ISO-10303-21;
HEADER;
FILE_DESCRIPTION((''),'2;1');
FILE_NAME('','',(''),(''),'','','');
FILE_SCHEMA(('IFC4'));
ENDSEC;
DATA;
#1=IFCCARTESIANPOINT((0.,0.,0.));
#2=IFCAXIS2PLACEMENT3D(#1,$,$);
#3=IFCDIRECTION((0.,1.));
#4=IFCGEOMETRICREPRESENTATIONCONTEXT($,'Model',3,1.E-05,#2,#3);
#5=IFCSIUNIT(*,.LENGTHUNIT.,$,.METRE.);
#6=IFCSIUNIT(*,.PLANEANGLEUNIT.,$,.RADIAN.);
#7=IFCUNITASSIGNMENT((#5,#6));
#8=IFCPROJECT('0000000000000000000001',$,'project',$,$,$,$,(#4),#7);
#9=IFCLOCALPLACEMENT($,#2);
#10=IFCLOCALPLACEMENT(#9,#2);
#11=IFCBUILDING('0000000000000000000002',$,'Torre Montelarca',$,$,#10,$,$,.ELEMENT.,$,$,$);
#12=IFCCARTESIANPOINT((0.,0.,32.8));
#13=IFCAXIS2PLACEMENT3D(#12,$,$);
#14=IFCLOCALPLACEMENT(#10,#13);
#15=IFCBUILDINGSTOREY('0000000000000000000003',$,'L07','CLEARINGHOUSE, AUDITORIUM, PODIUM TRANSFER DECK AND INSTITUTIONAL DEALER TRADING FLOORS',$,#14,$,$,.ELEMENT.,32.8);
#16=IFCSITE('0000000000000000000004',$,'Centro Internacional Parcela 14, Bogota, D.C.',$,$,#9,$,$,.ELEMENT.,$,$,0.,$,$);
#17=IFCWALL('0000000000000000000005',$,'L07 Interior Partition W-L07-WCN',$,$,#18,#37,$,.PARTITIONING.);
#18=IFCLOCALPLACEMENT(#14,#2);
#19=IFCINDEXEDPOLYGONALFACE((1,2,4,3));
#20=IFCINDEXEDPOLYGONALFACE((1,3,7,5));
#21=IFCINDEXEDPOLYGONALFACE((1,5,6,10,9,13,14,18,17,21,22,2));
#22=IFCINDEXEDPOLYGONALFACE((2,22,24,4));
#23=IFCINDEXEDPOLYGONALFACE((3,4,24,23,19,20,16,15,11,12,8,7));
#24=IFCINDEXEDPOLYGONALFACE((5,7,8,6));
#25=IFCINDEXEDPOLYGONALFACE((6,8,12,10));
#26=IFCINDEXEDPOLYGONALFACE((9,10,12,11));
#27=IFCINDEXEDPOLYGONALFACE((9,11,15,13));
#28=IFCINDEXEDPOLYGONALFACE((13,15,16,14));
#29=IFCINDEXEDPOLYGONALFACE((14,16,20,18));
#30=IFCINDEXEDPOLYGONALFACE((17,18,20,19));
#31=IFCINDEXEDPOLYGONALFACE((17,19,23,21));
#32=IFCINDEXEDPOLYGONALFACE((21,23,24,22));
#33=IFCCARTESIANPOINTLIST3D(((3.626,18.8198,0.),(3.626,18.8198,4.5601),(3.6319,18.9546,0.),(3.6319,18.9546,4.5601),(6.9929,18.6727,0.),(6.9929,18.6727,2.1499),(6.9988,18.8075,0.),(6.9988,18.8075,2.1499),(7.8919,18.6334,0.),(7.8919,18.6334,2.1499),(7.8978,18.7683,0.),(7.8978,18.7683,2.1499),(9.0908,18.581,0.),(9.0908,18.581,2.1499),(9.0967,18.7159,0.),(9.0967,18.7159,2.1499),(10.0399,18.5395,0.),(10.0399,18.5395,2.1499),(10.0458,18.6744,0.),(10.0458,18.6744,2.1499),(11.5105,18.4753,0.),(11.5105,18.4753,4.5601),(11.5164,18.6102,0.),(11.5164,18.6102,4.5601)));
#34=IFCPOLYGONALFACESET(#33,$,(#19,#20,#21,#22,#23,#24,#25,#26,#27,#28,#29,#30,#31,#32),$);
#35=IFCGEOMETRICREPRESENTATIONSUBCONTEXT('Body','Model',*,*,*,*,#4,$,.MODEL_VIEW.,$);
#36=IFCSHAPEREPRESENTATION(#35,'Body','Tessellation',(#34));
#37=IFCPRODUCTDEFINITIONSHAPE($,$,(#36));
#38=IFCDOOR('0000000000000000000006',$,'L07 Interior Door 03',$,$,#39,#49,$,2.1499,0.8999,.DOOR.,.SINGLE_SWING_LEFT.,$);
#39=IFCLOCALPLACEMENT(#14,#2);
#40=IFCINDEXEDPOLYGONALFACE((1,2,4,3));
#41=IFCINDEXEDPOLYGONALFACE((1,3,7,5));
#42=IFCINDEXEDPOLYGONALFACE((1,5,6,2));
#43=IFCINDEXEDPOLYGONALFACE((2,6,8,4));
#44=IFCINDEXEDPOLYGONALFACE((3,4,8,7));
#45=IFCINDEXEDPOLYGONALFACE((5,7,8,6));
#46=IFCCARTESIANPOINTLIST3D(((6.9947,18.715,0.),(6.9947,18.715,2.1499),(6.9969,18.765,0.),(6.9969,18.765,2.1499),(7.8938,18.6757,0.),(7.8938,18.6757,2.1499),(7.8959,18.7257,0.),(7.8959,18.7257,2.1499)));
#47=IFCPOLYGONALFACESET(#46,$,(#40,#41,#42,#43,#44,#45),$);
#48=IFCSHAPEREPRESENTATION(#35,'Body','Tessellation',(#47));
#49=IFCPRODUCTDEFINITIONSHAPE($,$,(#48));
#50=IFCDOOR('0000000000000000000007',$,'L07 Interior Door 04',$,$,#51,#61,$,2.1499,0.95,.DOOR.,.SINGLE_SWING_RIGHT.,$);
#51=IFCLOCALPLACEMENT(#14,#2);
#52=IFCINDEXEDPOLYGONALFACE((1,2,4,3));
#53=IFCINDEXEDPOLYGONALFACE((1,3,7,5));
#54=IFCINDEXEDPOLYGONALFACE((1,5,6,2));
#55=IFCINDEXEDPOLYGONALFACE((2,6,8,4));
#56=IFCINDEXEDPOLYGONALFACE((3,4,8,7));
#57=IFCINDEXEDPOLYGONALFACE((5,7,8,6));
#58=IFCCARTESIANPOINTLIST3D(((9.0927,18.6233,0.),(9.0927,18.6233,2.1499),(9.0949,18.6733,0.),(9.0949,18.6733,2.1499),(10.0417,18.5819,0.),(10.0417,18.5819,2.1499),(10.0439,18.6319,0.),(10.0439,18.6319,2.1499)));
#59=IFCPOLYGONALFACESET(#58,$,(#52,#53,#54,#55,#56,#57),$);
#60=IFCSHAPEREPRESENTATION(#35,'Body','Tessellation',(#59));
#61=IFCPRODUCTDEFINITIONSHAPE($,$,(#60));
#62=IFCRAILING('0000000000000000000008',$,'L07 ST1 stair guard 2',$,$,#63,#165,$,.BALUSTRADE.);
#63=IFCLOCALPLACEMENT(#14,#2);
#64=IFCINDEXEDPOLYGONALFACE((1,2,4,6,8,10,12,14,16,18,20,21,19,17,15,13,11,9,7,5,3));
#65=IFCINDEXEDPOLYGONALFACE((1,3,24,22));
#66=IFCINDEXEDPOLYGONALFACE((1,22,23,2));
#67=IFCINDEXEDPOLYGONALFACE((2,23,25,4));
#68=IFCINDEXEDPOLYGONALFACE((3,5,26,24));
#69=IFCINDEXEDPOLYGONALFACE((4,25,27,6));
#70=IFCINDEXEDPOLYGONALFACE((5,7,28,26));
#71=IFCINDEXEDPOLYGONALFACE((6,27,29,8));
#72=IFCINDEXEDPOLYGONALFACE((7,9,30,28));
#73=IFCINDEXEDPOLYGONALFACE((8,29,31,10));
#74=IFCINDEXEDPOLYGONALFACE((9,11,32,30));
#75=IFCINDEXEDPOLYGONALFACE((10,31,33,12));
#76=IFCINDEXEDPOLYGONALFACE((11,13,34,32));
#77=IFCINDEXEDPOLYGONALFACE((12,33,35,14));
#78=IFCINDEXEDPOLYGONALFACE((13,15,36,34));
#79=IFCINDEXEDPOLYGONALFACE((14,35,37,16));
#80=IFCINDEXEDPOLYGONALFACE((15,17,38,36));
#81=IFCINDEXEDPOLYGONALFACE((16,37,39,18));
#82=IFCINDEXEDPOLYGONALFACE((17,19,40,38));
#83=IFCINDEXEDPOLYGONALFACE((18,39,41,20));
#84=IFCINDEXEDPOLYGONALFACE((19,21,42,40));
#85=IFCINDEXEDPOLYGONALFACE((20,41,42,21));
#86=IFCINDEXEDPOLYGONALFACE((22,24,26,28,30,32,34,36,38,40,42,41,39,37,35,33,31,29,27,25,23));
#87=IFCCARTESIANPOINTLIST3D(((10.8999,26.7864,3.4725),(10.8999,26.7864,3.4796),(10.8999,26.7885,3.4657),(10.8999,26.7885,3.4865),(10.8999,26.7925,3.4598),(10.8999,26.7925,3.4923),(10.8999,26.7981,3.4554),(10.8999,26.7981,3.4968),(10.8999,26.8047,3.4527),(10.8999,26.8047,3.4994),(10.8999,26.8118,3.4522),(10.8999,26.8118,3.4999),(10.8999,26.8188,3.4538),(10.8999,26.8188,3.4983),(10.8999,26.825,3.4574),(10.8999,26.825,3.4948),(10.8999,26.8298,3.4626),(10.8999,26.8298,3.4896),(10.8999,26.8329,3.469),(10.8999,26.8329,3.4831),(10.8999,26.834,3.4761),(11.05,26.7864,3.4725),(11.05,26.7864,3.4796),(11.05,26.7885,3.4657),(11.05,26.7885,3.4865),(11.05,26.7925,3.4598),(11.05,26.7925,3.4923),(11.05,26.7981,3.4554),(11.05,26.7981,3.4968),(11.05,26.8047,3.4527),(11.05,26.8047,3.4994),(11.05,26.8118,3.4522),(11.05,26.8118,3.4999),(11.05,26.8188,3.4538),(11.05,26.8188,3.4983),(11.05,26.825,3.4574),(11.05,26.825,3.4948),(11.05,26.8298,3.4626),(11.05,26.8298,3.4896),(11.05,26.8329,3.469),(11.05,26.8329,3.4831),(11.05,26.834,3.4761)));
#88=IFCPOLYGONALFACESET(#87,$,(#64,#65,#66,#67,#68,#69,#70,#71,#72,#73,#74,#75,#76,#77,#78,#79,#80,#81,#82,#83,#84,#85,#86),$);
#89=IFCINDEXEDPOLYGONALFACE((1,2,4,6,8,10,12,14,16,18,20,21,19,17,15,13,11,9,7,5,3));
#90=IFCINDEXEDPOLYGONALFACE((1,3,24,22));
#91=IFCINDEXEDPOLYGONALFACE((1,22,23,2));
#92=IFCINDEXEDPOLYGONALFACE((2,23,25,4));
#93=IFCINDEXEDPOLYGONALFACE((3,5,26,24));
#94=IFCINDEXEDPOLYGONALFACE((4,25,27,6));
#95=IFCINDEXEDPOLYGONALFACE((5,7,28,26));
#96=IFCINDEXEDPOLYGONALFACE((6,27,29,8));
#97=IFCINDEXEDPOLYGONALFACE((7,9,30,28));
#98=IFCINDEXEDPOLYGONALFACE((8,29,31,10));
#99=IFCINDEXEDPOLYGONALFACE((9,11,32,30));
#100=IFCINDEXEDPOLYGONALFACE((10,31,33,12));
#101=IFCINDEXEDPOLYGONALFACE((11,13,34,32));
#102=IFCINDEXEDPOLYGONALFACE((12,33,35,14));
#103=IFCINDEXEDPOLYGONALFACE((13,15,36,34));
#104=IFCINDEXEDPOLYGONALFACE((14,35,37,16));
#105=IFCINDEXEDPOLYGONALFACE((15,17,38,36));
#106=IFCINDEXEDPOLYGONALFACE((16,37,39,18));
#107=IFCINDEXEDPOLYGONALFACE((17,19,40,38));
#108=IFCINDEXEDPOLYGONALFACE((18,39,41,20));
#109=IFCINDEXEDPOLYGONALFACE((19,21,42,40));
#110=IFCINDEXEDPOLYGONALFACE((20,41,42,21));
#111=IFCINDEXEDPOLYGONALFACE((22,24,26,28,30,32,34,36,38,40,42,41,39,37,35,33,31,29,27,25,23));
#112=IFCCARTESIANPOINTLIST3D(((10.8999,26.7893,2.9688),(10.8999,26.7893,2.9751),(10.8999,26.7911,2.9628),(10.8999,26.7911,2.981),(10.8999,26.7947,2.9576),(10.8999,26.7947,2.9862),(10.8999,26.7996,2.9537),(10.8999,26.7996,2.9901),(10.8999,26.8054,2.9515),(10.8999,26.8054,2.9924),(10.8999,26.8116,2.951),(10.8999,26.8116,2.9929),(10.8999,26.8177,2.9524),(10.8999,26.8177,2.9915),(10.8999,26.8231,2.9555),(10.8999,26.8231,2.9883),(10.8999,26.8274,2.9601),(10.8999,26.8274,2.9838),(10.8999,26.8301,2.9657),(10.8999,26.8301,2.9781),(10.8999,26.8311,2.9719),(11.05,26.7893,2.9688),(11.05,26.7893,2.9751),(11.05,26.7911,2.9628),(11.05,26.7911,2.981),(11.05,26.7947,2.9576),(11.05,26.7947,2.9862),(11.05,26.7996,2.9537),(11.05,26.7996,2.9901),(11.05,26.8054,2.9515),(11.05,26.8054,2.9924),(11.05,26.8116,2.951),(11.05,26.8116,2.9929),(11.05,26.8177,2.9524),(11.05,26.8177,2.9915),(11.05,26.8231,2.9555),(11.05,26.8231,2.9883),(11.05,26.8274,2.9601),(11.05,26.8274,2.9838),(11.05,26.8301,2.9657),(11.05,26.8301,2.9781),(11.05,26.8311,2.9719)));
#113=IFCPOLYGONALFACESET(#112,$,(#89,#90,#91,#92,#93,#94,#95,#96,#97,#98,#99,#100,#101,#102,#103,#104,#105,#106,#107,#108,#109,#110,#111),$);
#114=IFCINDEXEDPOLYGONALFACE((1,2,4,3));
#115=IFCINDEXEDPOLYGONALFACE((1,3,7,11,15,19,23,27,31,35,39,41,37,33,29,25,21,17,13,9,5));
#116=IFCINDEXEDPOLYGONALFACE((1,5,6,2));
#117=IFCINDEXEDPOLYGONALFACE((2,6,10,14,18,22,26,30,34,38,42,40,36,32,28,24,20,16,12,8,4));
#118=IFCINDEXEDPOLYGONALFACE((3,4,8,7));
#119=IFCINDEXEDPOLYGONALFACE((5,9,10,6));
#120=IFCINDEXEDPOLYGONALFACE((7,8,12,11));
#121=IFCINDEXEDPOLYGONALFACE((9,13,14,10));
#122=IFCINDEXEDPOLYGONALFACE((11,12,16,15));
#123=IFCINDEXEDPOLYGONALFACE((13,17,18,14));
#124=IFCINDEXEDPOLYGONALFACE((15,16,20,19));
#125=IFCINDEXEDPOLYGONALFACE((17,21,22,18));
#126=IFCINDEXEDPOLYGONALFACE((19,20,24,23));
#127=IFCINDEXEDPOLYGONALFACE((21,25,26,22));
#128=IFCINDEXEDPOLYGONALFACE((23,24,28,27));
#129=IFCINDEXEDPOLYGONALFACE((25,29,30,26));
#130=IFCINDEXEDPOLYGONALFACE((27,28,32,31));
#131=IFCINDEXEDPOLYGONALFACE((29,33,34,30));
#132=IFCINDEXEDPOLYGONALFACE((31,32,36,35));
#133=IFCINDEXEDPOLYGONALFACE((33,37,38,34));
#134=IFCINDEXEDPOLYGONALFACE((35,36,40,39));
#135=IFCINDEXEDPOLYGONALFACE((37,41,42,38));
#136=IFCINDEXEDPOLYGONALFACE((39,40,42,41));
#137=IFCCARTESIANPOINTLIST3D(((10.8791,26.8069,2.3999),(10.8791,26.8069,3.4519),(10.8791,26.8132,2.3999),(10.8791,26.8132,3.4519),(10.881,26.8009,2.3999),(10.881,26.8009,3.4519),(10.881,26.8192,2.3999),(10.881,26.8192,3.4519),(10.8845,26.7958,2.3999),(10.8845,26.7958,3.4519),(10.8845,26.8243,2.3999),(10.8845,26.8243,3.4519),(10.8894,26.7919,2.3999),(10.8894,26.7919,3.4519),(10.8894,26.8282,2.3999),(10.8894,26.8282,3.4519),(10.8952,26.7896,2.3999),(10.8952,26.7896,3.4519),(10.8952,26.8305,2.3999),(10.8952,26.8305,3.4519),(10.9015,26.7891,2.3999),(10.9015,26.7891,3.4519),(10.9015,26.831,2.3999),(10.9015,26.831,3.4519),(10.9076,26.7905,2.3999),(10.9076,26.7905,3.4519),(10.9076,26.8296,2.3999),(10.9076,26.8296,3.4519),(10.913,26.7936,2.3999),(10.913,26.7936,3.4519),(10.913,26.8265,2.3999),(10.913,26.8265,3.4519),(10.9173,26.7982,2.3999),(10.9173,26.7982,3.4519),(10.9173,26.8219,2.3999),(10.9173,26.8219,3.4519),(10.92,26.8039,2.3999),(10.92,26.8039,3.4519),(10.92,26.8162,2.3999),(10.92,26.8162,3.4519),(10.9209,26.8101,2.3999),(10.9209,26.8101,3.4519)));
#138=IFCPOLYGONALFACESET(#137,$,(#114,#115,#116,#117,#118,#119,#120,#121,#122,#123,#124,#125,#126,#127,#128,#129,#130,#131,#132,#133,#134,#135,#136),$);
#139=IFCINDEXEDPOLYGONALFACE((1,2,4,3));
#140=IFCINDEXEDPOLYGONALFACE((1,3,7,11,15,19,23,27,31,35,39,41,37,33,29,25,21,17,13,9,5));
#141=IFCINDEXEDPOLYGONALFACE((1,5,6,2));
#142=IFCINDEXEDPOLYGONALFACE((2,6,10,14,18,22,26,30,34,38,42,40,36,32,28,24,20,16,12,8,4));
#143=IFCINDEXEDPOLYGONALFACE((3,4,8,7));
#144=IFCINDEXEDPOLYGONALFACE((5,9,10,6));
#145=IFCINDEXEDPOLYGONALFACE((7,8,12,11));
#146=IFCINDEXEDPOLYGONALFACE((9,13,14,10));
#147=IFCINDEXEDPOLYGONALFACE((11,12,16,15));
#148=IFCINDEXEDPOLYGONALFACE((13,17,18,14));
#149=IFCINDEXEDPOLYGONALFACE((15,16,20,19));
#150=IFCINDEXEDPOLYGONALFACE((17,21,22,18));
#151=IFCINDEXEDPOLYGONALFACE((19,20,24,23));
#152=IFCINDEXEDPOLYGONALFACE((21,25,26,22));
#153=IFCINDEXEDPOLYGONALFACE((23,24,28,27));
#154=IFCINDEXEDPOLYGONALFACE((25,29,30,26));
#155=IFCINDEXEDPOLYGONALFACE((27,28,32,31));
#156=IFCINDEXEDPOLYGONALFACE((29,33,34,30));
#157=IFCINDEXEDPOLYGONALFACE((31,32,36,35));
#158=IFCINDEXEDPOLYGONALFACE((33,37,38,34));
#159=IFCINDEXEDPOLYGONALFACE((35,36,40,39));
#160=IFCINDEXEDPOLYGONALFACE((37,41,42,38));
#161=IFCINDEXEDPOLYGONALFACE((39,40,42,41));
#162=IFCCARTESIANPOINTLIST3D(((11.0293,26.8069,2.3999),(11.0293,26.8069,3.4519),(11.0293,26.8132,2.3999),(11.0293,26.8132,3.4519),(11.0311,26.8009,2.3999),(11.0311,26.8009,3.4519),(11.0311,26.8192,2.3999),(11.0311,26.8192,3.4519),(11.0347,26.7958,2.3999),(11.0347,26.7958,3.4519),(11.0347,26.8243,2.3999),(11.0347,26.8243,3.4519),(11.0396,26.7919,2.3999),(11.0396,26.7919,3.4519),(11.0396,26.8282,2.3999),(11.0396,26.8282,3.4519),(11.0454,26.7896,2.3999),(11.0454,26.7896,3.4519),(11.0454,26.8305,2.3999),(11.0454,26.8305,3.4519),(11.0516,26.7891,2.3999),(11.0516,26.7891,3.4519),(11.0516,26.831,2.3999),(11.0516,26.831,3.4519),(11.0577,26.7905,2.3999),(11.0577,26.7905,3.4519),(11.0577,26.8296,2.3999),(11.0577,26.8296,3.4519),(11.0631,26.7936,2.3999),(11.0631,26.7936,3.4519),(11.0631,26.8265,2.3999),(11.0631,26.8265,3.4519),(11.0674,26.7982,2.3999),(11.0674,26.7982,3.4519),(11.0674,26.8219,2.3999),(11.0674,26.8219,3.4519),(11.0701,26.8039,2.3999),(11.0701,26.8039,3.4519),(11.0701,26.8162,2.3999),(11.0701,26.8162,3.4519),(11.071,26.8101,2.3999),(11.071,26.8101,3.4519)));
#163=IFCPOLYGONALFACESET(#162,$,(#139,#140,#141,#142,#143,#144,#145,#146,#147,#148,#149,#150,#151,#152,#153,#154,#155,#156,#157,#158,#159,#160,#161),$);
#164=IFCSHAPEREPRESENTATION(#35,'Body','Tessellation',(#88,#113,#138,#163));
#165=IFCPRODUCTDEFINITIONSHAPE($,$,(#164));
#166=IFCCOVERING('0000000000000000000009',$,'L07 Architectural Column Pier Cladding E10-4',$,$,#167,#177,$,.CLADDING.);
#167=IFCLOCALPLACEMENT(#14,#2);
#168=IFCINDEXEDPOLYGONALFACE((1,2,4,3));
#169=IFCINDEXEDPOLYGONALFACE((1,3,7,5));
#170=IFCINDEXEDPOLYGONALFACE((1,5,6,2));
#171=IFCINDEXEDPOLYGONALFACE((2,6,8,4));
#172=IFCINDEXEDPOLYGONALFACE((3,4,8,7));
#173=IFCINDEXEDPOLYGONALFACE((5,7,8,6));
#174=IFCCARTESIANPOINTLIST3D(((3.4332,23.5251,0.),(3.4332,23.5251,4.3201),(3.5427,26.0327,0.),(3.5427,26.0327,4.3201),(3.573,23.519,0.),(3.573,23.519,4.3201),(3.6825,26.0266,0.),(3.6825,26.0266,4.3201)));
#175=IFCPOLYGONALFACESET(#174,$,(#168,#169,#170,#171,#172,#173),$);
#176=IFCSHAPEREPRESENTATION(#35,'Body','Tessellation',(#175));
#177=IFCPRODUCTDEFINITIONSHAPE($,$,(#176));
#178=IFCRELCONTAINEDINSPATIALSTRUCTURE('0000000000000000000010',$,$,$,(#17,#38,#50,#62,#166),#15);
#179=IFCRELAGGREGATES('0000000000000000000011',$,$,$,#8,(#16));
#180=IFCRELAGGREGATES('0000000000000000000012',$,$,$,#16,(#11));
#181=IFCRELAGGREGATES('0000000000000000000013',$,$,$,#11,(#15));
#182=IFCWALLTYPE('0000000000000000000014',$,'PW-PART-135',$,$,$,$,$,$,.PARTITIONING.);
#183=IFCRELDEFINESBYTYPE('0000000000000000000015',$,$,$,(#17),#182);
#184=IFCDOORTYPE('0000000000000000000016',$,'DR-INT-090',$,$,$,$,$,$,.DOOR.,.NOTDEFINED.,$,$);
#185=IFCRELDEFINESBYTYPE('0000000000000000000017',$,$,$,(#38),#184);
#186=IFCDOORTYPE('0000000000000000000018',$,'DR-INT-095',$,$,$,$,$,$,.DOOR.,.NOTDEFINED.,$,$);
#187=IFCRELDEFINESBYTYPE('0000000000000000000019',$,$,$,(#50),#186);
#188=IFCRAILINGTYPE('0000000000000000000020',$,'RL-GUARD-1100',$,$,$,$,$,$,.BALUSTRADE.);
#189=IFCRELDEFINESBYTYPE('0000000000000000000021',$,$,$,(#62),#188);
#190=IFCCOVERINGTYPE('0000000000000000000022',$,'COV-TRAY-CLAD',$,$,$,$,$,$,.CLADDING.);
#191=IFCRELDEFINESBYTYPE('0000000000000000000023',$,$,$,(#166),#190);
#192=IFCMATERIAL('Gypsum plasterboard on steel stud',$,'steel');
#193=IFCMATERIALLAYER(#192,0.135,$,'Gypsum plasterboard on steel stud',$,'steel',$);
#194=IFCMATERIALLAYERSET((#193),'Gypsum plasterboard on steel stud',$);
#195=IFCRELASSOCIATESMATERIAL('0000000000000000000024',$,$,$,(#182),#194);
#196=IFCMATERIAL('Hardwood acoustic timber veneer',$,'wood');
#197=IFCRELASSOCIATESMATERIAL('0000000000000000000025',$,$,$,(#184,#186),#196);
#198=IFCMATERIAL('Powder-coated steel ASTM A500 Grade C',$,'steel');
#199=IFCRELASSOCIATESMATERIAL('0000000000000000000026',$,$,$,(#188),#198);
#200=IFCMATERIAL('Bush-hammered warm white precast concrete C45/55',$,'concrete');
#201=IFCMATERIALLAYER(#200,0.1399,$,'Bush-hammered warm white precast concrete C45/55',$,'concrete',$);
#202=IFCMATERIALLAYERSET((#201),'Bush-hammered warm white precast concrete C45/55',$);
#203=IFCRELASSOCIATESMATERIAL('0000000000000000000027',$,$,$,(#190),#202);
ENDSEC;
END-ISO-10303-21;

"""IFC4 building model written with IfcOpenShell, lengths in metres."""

from ifc_helpers import new_model, si_unit, direction, frame, frame_2d, origin, origin_2d, place, context, subcontext, project, spatial, rectangle, circle, extrude, source, transform, mapped, material, layer, layer_set, type_object, element, fill, save


model = new_model("IFC4")

# Units and contexts
model_context = context("Model", 3, precision=1e-05, world=origin(), true_north=direction((0.0, 1.0)))
body_context = subcontext(model_context, "Body", "Model", "MODEL_VIEW")
ifc_project = project(units=[si_unit("LENGTHUNIT", "METRE"), si_unit("PLANEANGLEUNIT", "RADIAN")], contexts=[model_context])

# Site, building, storey
site_placement = place(None, origin())
site = spatial("IfcSite", under=ifc_project, at=site_placement, Name="Centro Internacional Parcela 14, Bogota, D.C.", CompositionType="ELEMENT", RefElevation=0.0)
building_placement = place(site_placement, origin())
building = spatial("IfcBuilding", under=site, at=building_placement, Name="Torre Montelarca", CompositionType="ELEMENT")
storey_placement = place(building_placement, frame((0.0, 0.0, 32.8)))
storey = spatial("IfcBuildingStorey", under=building, at=storey_placement, Name="L07", Description="CLEARINGHOUSE, AUDITORIUM, PODIUM TRANSFER DECK AND INSTITUTIONAL DEALER TRADING FLOORS", CompositionType="ELEMENT", Elevation=32.8)

# Wall, openings, doors
ifc_material_1 = material(Name="Gypsum plasterboard on steel stud", Category="steel")
ifc_layer_1 = layer(ifc_material_1, 0.135, Name="Gypsum plasterboard on steel stud", Category="steel")
ifc_layer_set_1 = layer_set([ifc_layer_1], Name="Gypsum plasterboard on steel stud")
wall_type_1 = type_object("IfcWallType", Name="PW-PART-135", PredefinedType="PARTITIONING", material=ifc_layer_set_1)
wall_1_placement = place(storey_placement, frame((3.6289, 18.8872, 0.0), z_axis=(0.0, 0.0, 1.0), x_axis=(0.999047, -0.043649, 0.0)))
wall_1 = element("IfcWall", 1, at=wall_1_placement, inside=storey, type_object=wall_type_1, Name="L07 Interior Partition W-L07-WCN", PredefinedType="PARTITIONING", context=body_context, shape_type="SweptSolid", body=[
    extrude(rectangle(XDim=7.8921, YDim=0.135, at=frame_2d((3.946, 0.0))), origin(), (0.0, 0.0, 1.0), 4.5601),
])
opening_1_placement = place(wall_1_placement, frame((3.3701, 0.0, 0.0)))
opening_1 = element("IfcOpeningElement", 2, at=opening_1_placement, cuts=wall_1, PredefinedType="OPENING", context=body_context, shape_type="SweptSolid", body=[
    extrude(rectangle(XDim=0.8999, YDim=2.1499, at=frame_2d((0.45, 1.075))), frame((0.0, 0.0776, 0.0), z_axis=(0.0, -1.0, 0.0), x_axis=(1.0, 0.0, 0.0)), (0.0, 0.0, 1.0), 0.155),
])
opening_2_placement = place(wall_1_placement, frame((5.47, 0.0, 0.0)))
opening_2 = element("IfcOpeningElement", 3, at=opening_2_placement, cuts=wall_1, PredefinedType="OPENING", context=body_context, shape_type="SweptSolid", body=[
    extrude(rectangle(XDim=0.95, YDim=2.1499, at=frame_2d((0.4751, 1.075))), frame((0.0, 0.0776, 0.0), z_axis=(0.0, -1.0, 0.0), x_axis=(1.0, 0.0, 0.0)), (0.0, 0.0, 1.0), 0.155),
])
ifc_material_2 = material(Name="Hardwood acoustic timber veneer", Category="wood")
door_type_1 = type_object("IfcDoorType", Name="DR-INT-090", OperationType="NOTDEFINED", PredefinedType="DOOR", material=ifc_material_2)
shared_shape_1 = source(origin(), body_context, "Body", "SweptSolid", [
    extrude(rectangle(XDim=0.8999, YDim=2.1499, at=frame_2d((0.45, 1.075))), frame((0.0, 0.0249, 0.0), z_axis=(0.0, -1.0, 0.0), x_axis=(1.0, 0.0, 0.0)), (0.0, 0.0, 1.0), 0.05),
])
door_1_placement = place(opening_1_placement, origin())
door_1 = element("IfcDoor", 4, at=door_1_placement, inside=storey, type_object=door_type_1, Name="L07 Interior Door 03", OperationType="SINGLE_SWING_LEFT", OverallHeight=2.1499, OverallWidth=0.8999, PredefinedType="DOOR", context=body_context, shape_type="MappedRepresentation", body=[
    mapped(shared_shape_1, transform((0.0, 0.0, 0.0), scale=1.0)),
])
fill(opening_1, door_1)
door_type_2 = type_object("IfcDoorType", Name="DR-INT-095", OperationType="NOTDEFINED", PredefinedType="DOOR", material=ifc_material_2)
shared_shape_2 = source(origin(), body_context, "Body", "SweptSolid", [
    extrude(rectangle(XDim=0.95, YDim=2.1499, at=frame_2d((0.4751, 1.075))), frame((0.0, 0.0249, 0.0), z_axis=(0.0, -1.0, 0.0), x_axis=(1.0, 0.0, 0.0)), (0.0, 0.0, 1.0), 0.05),
])
door_2_placement = place(opening_2_placement, origin())
door_2 = element("IfcDoor", 5, at=door_2_placement, inside=storey, type_object=door_type_2, Name="L07 Interior Door 04", OperationType="SINGLE_SWING_RIGHT", OverallHeight=2.1499, OverallWidth=0.95, PredefinedType="DOOR", context=body_context, shape_type="MappedRepresentation", body=[
    mapped(shared_shape_2, transform((0.0, 0.0, 0.0), scale=1.0)),
])
fill(opening_2, door_2)

# Railing
ifc_material_3 = material(Name="Powder-coated steel ASTM A500 Grade C", Category="steel")
railing_type = type_object("IfcRailingType", Name="RL-GUARD-1100", PredefinedType="BALUSTRADE", material=ifc_material_3)
railing_placement = place(storey_placement, frame((10.8999, 26.8101, 2.3999)))
element("IfcRailing", 6, at=railing_placement, inside=storey, type_object=railing_type, Name="L07 ST1 stair guard 2", PredefinedType="BALUSTRADE", context=body_context, shape_type="SweptSolid", body=[
    extrude(circle(Radius=0.0239, at=origin_2d()), frame((0.0, 0.0, 1.0762), z_axis=(1.0, 0.0, 0.0), x_axis=(0.0, 1.0, 0.0)), (0.0, 0.0, 1.0), 0.1501),
    extrude(circle(Radius=0.021, at=origin_2d()), frame((0.0, 0.0, 0.572), z_axis=(1.0, 0.0, 0.0), x_axis=(0.0, 1.0, 0.0)), (0.0, 0.0, 1.0), 0.1501),
    extrude(circle(Radius=0.021, at=origin_2d()), origin(), (0.0, 0.0, 1.0), 1.052),
    extrude(circle(Radius=0.021, at=origin_2d()), frame((0.1501, 0.0, 0.0)), (0.0, 0.0, 1.0), 1.052),
])

# Covering
ifc_material_4 = material(Name="Bush-hammered warm white precast concrete C45/55", Category="concrete")
ifc_layer_2 = layer(ifc_material_4, 0.1399, Name="Bush-hammered warm white precast concrete C45/55", Category="concrete")
ifc_layer_set_2 = layer_set([ifc_layer_2], Name="Bush-hammered warm white precast concrete C45/55")
covering_type = type_object("IfcCoveringType", Name="COV-TRAY-CLAD", PredefinedType="CLADDING", material=ifc_layer_set_2)
shared_shape_3 = source(origin(), body_context, "Body", "SweptSolid", [
    extrude(rectangle(XDim=2.51, YDim=0.1399, at=origin_2d()), origin(), (0.0, 0.0, 1.0), 4.3201),
])
covering_placement = place(storey_placement, frame((3.5579, 24.7759, 0.0), z_axis=(0.0, 0.0, 1.0), x_axis=(-0.043619, -0.999048, 0.0)))
element("IfcCovering", 7, at=covering_placement, inside=storey, type_object=covering_type, Name="L07 Architectural Column Pier Cladding E10-4", PredefinedType="CLADDING", context=body_context, shape_type="MappedRepresentation", body=[
    mapped(shared_shape_3, transform((0.0, 0.0, 0.0), scale=1.0)),
])

save(model, "model.ifc")
